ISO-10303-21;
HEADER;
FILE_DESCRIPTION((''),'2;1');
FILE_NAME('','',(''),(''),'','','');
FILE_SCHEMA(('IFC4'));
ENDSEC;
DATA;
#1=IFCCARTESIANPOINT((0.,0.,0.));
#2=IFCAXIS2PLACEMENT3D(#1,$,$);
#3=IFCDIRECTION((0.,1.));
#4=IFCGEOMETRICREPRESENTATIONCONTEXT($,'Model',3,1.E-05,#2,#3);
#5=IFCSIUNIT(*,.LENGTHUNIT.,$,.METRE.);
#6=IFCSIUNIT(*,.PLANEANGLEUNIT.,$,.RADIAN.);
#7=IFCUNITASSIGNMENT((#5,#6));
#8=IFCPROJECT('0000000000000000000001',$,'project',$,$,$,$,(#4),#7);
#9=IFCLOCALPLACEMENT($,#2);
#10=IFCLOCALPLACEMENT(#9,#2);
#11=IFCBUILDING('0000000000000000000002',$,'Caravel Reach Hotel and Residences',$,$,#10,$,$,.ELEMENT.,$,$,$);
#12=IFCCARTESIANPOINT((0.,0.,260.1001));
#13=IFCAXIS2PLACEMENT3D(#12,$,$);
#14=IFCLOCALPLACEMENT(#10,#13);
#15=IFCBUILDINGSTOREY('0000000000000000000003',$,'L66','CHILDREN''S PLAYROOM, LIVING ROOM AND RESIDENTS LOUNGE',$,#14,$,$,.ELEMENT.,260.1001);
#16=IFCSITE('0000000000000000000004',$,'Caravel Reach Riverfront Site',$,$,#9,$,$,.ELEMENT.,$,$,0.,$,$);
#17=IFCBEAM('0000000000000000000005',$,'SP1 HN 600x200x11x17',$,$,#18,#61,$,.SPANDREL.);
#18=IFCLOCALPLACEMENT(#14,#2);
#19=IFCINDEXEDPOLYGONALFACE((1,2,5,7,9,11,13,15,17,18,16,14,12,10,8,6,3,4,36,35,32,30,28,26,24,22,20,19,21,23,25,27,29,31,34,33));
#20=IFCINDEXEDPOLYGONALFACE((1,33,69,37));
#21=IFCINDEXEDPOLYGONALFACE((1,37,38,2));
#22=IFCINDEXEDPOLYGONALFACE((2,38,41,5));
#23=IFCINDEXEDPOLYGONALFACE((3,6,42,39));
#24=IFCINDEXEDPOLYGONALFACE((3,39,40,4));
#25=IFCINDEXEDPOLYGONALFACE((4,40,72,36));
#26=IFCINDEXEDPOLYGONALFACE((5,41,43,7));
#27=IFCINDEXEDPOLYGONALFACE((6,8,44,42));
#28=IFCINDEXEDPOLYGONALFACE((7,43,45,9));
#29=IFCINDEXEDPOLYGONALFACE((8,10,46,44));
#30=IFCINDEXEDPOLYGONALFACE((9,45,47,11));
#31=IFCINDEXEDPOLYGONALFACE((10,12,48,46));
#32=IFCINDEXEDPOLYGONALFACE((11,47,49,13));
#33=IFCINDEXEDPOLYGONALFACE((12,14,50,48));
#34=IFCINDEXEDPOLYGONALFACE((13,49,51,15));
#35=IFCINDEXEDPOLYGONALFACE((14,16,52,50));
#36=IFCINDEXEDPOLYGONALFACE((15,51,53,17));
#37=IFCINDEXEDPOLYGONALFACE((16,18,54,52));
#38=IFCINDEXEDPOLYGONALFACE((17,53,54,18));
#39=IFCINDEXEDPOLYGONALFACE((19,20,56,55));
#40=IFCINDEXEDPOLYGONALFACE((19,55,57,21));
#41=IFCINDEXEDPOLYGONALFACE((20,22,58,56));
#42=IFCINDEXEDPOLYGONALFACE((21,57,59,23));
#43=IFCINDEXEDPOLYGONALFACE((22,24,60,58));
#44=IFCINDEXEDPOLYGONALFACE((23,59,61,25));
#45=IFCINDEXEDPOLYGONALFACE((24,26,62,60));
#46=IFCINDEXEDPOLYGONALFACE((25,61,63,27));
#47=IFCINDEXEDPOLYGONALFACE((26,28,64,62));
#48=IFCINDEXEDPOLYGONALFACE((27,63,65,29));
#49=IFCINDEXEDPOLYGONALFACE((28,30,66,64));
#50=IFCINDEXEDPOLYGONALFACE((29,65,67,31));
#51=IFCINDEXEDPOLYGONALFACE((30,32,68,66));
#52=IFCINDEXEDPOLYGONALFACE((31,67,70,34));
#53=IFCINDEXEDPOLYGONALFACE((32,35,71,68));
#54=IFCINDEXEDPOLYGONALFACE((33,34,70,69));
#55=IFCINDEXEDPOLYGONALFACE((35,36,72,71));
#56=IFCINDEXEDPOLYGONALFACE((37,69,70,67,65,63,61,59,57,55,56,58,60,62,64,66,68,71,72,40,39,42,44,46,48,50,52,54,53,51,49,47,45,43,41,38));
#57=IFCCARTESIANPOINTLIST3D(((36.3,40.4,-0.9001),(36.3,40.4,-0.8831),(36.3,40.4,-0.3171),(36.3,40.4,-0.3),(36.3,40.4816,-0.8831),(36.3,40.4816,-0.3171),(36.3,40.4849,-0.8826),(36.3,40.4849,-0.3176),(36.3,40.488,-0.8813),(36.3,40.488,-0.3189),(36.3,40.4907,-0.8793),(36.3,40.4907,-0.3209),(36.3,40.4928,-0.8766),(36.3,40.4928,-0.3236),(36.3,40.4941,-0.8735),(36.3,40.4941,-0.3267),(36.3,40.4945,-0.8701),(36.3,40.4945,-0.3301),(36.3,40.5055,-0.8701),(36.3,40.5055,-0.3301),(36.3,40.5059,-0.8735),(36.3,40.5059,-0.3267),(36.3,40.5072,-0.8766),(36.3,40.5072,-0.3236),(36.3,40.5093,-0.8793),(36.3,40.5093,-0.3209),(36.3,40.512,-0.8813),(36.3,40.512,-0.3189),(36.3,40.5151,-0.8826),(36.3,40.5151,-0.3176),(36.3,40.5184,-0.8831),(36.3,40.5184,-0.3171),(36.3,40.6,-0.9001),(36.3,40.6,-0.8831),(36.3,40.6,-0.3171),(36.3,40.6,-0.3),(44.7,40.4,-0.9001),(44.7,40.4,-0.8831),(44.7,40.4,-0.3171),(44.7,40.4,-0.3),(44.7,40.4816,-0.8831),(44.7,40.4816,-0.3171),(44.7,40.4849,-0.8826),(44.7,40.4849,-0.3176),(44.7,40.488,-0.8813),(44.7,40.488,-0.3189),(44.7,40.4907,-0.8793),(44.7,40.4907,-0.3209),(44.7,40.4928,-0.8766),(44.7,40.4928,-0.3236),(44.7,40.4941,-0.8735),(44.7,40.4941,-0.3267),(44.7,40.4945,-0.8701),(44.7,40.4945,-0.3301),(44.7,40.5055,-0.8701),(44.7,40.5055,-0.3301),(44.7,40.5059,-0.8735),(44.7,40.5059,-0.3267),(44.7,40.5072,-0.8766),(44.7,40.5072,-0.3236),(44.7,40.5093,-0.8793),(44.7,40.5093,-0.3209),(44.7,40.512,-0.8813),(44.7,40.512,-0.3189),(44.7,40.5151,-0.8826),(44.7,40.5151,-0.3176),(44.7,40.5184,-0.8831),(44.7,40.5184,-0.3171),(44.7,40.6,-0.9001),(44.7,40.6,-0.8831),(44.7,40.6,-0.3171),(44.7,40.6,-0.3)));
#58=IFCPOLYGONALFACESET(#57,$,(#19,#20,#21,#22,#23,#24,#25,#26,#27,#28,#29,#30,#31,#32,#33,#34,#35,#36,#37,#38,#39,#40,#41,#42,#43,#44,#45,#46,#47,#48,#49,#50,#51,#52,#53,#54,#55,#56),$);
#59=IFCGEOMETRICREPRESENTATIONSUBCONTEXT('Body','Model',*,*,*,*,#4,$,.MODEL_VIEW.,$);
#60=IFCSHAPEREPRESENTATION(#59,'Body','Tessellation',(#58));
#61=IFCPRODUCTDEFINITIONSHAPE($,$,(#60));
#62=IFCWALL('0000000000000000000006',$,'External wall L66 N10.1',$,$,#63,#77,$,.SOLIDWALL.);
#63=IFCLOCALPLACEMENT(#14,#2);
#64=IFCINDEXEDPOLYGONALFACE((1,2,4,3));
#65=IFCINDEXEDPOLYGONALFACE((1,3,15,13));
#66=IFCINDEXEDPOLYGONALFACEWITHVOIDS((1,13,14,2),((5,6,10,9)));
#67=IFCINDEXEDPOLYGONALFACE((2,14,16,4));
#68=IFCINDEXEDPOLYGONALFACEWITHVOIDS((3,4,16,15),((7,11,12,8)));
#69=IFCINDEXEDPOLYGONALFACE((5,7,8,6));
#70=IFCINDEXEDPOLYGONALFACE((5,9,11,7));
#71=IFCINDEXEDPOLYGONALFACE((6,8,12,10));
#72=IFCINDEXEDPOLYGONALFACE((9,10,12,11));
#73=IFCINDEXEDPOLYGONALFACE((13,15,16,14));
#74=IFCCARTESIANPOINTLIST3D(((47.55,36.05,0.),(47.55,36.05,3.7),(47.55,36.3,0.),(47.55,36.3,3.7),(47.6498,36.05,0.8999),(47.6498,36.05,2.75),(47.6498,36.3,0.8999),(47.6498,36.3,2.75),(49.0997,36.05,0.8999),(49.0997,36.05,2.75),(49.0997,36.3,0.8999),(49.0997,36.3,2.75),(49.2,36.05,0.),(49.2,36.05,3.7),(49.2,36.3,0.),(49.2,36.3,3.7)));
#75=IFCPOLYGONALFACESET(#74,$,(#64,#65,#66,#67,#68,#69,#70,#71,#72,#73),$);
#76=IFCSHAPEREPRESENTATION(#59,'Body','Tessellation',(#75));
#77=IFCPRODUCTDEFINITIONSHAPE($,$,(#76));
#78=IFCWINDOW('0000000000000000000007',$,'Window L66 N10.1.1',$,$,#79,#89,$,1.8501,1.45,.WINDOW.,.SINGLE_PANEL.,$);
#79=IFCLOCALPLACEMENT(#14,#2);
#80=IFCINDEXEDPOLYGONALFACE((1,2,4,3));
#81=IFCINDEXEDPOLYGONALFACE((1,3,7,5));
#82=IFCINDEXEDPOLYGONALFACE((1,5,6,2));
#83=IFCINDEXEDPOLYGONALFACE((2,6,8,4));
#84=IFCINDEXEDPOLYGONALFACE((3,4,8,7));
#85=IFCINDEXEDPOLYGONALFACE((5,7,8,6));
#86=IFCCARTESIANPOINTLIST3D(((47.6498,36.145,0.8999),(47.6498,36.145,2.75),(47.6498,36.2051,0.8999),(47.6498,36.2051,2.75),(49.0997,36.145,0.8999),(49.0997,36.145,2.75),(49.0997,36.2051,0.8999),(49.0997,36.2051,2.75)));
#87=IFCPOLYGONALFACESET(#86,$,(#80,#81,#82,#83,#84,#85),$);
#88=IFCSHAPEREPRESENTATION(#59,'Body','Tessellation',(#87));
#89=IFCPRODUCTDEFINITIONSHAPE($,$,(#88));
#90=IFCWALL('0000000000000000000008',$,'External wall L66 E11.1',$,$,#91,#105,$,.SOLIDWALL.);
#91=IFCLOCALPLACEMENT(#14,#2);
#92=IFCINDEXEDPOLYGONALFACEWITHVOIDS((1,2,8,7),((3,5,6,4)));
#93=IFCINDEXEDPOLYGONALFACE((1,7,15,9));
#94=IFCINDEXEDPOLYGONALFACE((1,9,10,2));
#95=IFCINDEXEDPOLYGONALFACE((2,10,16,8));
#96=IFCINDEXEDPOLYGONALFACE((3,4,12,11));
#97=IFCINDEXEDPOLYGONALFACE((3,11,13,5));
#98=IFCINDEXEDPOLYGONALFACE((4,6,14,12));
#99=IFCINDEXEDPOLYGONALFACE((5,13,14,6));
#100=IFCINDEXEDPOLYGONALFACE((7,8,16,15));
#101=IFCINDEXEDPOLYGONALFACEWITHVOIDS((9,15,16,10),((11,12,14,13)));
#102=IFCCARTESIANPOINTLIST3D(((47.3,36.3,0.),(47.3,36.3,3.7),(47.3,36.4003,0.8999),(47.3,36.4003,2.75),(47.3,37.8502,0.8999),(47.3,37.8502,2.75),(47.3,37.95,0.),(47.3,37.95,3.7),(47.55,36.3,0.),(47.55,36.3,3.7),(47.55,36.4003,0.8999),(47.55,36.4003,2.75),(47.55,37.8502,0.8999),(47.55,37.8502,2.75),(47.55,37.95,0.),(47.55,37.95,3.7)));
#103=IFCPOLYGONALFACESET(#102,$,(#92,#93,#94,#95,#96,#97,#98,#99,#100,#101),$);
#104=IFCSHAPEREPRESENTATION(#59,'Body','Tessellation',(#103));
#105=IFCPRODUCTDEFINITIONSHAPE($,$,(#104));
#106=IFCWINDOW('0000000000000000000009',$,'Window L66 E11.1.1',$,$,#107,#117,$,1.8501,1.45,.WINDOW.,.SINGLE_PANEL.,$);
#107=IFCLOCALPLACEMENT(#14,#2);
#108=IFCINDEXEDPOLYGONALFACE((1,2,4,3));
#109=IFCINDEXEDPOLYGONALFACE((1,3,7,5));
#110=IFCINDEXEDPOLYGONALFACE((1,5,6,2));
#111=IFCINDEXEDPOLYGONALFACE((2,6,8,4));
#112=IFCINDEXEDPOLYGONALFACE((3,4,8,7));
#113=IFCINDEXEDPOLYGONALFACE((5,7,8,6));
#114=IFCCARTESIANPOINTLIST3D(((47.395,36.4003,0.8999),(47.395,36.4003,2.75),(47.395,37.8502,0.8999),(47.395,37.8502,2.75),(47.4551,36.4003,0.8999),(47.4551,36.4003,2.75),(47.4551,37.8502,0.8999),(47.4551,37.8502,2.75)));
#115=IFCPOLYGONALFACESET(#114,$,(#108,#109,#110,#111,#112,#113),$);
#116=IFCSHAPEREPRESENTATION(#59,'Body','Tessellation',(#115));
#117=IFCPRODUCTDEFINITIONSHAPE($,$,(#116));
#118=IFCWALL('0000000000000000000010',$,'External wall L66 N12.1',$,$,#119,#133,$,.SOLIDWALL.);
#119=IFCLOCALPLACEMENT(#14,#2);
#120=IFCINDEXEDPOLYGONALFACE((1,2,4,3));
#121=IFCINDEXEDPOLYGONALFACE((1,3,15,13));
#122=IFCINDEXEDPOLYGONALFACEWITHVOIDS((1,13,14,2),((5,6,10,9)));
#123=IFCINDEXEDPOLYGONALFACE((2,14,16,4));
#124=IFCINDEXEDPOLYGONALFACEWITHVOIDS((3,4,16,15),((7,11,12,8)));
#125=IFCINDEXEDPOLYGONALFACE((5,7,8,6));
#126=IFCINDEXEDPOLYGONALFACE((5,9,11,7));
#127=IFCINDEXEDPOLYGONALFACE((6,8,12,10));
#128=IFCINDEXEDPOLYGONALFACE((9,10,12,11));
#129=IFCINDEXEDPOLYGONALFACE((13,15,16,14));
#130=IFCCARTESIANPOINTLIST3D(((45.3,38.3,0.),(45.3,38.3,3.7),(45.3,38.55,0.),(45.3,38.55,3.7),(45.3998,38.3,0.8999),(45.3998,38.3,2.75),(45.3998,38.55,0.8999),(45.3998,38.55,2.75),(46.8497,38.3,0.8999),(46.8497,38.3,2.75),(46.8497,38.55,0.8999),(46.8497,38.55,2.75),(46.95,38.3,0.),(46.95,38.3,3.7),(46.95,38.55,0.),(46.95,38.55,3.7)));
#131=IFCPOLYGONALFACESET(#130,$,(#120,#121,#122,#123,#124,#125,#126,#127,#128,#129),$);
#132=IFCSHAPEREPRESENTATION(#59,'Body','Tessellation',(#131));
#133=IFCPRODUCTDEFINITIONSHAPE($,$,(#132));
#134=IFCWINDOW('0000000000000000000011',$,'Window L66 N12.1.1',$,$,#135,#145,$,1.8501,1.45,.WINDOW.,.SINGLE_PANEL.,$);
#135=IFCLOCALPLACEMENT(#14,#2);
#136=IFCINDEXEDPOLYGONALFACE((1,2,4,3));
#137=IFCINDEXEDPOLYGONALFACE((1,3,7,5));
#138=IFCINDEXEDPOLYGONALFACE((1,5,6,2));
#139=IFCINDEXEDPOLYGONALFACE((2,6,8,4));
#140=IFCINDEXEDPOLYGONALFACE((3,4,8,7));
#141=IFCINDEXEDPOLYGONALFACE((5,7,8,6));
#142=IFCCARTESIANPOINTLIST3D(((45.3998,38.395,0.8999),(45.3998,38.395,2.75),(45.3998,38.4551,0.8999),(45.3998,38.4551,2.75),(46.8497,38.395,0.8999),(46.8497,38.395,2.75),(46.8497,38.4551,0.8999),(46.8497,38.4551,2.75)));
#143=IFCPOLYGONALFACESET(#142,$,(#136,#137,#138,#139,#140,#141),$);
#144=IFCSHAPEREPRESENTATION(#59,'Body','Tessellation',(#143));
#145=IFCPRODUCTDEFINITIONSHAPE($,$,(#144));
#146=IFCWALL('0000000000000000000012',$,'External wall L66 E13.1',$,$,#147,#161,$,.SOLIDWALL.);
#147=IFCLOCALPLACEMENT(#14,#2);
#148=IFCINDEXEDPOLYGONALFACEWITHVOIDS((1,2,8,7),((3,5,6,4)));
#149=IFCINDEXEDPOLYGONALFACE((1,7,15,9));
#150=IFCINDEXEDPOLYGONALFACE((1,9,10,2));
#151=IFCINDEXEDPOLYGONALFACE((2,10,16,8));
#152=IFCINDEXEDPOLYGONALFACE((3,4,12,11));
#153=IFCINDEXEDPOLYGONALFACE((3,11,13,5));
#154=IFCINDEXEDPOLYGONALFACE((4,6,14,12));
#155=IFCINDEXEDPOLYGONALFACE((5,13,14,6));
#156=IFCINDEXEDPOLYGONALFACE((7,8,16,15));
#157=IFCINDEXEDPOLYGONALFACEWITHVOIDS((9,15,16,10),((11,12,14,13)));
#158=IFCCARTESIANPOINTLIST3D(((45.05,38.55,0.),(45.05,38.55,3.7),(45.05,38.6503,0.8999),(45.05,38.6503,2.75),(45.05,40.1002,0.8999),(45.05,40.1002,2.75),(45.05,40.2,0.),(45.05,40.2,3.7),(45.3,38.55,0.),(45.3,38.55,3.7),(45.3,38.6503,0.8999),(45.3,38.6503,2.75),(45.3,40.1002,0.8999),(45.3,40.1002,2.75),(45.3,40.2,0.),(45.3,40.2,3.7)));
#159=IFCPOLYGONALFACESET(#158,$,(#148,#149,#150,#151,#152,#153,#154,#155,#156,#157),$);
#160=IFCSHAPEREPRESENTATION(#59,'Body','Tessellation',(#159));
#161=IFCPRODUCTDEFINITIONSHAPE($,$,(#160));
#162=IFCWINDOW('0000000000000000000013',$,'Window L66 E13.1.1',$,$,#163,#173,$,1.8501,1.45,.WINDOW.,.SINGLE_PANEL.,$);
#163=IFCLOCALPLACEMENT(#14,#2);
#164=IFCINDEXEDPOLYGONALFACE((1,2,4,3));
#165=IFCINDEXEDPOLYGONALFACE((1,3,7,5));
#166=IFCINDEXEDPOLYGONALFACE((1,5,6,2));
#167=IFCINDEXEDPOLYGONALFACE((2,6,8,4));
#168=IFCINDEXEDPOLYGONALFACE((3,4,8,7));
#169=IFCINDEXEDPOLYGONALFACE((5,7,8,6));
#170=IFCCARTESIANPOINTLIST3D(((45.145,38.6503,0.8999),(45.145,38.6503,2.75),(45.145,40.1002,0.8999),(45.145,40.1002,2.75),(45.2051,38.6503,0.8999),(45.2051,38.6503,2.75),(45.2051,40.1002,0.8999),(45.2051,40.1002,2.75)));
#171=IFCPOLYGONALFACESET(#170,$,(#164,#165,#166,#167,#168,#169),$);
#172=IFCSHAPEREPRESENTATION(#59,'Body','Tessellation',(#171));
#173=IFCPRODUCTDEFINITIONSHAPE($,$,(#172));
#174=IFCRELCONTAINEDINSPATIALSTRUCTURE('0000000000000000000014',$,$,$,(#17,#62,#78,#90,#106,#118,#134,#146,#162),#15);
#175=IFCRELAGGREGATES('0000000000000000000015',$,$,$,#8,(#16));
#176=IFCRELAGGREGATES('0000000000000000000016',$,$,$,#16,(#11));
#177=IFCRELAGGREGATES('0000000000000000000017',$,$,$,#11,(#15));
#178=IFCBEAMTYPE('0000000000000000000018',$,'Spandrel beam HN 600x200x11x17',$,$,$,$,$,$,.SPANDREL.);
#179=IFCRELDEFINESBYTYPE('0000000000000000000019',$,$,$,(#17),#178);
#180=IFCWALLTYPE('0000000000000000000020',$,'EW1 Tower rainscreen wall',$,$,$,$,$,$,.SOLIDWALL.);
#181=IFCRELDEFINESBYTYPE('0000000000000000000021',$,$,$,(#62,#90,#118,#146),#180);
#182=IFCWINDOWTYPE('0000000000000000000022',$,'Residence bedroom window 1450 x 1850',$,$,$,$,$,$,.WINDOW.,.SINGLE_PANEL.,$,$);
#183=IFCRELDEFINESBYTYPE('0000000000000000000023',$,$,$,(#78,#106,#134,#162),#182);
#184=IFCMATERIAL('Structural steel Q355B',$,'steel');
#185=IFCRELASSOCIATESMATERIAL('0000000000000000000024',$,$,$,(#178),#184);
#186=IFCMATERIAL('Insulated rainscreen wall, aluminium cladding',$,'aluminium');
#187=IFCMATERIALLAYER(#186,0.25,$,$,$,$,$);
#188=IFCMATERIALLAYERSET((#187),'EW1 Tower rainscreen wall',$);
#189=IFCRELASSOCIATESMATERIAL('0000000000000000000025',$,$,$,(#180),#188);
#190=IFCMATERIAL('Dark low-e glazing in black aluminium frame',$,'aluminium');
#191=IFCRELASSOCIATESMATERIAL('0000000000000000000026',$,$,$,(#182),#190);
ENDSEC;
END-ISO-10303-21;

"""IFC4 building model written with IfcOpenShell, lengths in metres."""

from ifc_helpers import new_model, si_unit, direction, frame, frame_2d, origin, origin_2d, place, context, subcontext, project, spatial, rectangle, i_section, extrude, material, layer, layer_set, material_profile, profile_set, type_object, element, fill, save


model = new_model("IFC4")

# Units and contexts
model_context = context("Model", 3, precision=1e-05, world=origin(), true_north=direction((0.0, 1.0)))
body_context = subcontext(model_context, "Body", "Model", "MODEL_VIEW")
ifc_project = project(units=[si_unit("LENGTHUNIT", "METRE"), si_unit("PLANEANGLEUNIT", "RADIAN")], contexts=[model_context])

# Site, building, storey
site_placement = place(None, origin())
site = spatial("IfcSite", under=ifc_project, at=site_placement, Name="Caravel Reach Riverfront Site", CompositionType="ELEMENT", RefElevation=0.0)
building_placement = place(site_placement, origin())
building = spatial("IfcBuilding", under=site, at=building_placement, Name="Caravel Reach Hotel and Residences", CompositionType="ELEMENT")
storey_placement = place(building_placement, frame((0.0, 0.0, 260.1001)))
storey = spatial("IfcBuildingStorey", under=building, at=storey_placement, Name="L66", Description="CHILDREN'S PLAYROOM, LIVING ROOM AND RESIDENTS LOUNGE", CompositionType="ELEMENT", Elevation=260.1001)

# Beam
ifc_material_1 = material(Name="Structural steel Q355B", Category="steel")
ifc_material_profile_1 = material_profile(ifc_material_1, i_section(OverallWidth=0.2, OverallDepth=0.6001, WebThickness=0.011, FlangeThickness=0.0171, FilletRadius=0.0129, at=origin_2d()), Name="HN 600x200x11x17")
ifc_profile_set_1 = profile_set([ifc_material_profile_1], Name="Structural steel Q355B")
beam_type = type_object("IfcBeamType", Name="Spandrel beam HN 600x200x11x17", PredefinedType="SPANDREL", material=ifc_profile_set_1)
beam_placement = place(storey_placement, frame((44.7, 40.5, -0.6001), z_axis=(-1.0, 0.0, 0.0), x_axis=(0.0, -1.0, 0.0)))
element("IfcBeam", 1, at=beam_placement, inside=storey, type_object=beam_type, Name="SP1 HN 600x200x11x17", PredefinedType="SPANDREL", context=body_context, shape_type="SweptSolid", body=[
    extrude(i_section(OverallWidth=0.2, OverallDepth=0.6001, WebThickness=0.011, FlangeThickness=0.0171, FilletRadius=0.0129, at=origin_2d()), origin(), (0.0, 0.0, 1.0), 8.3999),
])

# Walls, openings, windows
ifc_material_2 = material(Name="Insulated rainscreen wall, aluminium cladding", Category="aluminium")
ifc_layer = layer(ifc_material_2, 0.25)
ifc_layer_set = layer_set([ifc_layer], Name="EW1 Tower rainscreen wall")
wall_type = type_object("IfcWallType", Name="EW1 Tower rainscreen wall", PredefinedType="SOLIDWALL", material=ifc_layer_set)
wall_1_placement = place(storey_placement, frame((49.2, 36.175, 0.0), z_axis=(0.0, 0.0, 1.0), x_axis=(-1.0, 0.0, 0.0)))
wall_1 = element("IfcWall", 2, at=wall_1_placement, inside=storey, type_object=wall_type, Name="External wall L66 N10.1", PredefinedType="SOLIDWALL", context=body_context, shape_type="SweptSolid", body=[
    extrude(rectangle(XDim=1.6499, YDim=0.25, at=frame_2d((0.825, 0.0))), origin(), (0.0, 0.0, 1.0), 3.7),
])
opening_1_placement = place(wall_1_placement, frame((0.1001, 0.0, 0.8999)))
opening_1 = element("IfcOpeningElement", 3, at=opening_1_placement, cuts=wall_1, PredefinedType="OPENING", context=body_context, shape_type="SweptSolid", body=[
    extrude(rectangle(XDim=1.45, YDim=1.8501, at=frame_2d((0.7251, 0.925))), frame((0.0, 0.135, 0.0), z_axis=(0.0, -1.0, 0.0), x_axis=(1.0, 0.0, 0.0)), (0.0, 0.0, 1.0), 0.27),
])
ifc_material_3 = material(Name="Dark low-e glazing in black aluminium frame", Category="aluminium")
window_type_1 = type_object("IfcWindowType", Name="Residence bedroom window 1450 x 1850", PartitioningType="SINGLE_PANEL", PredefinedType="WINDOW", material=ifc_material_3)
window_1_placement = place(opening_1_placement, origin())
window_1 = element("IfcWindow", 4, at=window_1_placement, inside=storey, type_object=window_type_1, Name="Window L66 N10.1.1", OverallHeight=1.8501, OverallWidth=1.45, PartitioningType="SINGLE_PANEL", PredefinedType="WINDOW", context=body_context, shape_type="SweptSolid", body=[
    extrude(rectangle(XDim=1.45, YDim=1.8501, at=frame_2d((0.7251, 0.925))), frame((0.0, 0.03, 0.0), z_axis=(0.0, -1.0, 0.0), x_axis=(1.0, 0.0, 0.0)), (0.0, 0.0, 1.0), 0.0601),
])
fill(opening_1, window_1)
wall_2_placement = place(storey_placement, frame((47.425, 36.3, 0.0), z_axis=(0.0, 0.0, 1.0), x_axis=(0.0, 1.0, 0.0)))
wall_2 = element("IfcWall", 5, at=wall_2_placement, inside=storey, type_object=wall_type, Name="External wall L66 E11.1", PredefinedType="SOLIDWALL", context=body_context, shape_type="SweptSolid", body=[
    extrude(rectangle(XDim=1.6499, YDim=0.25, at=frame_2d((0.825, 0.0))), origin(), (0.0, 0.0, 1.0), 3.7),
])
opening_2_placement = place(wall_2_placement, frame((0.1001, 0.0, 0.8999)))
opening_2 = element("IfcOpeningElement", 6, at=opening_2_placement, cuts=wall_2, PredefinedType="OPENING", context=body_context, shape_type="SweptSolid", body=[
    extrude(rectangle(XDim=1.45, YDim=1.8501, at=frame_2d((0.7251, 0.925))), frame((0.0, 0.135, 0.0), z_axis=(0.0, -1.0, 0.0), x_axis=(1.0, 0.0, 0.0)), (0.0, 0.0, 1.0), 0.27),
])
window_2_placement = place(opening_2_placement, origin())
window_2 = element("IfcWindow", 7, at=window_2_placement, inside=storey, type_object=window_type_1, Name="Window L66 E11.1.1", OverallHeight=1.8501, OverallWidth=1.45, PartitioningType="SINGLE_PANEL", PredefinedType="WINDOW", context=body_context, shape_type="SweptSolid", body=[
    extrude(rectangle(XDim=1.45, YDim=1.8501, at=frame_2d((0.7251, 0.925))), frame((0.0, 0.03, 0.0), z_axis=(0.0, -1.0, 0.0), x_axis=(1.0, 0.0, 0.0)), (0.0, 0.0, 1.0), 0.0601),
])
fill(opening_2, window_2)
wall_3_placement = place(storey_placement, frame((46.95, 38.425, 0.0), z_axis=(0.0, 0.0, 1.0), x_axis=(-1.0, 0.0, 0.0)))
wall_3 = element("IfcWall", 8, at=wall_3_placement, inside=storey, type_object=wall_type, Name="External wall L66 N12.1", PredefinedType="SOLIDWALL", context=body_context, shape_type="SweptSolid", body=[
    extrude(rectangle(XDim=1.6499, YDim=0.25, at=frame_2d((0.825, 0.0))), origin(), (0.0, 0.0, 1.0), 3.7),
])
opening_3_placement = place(wall_3_placement, frame((0.1001, 0.0, 0.8999)))
opening_3 = element("IfcOpeningElement", 9, at=opening_3_placement, cuts=wall_3, PredefinedType="OPENING", context=body_context, shape_type="SweptSolid", body=[
    extrude(rectangle(XDim=1.45, YDim=1.8501, at=frame_2d((0.7251, 0.925))), frame((0.0, 0.135, 0.0), z_axis=(0.0, -1.0, 0.0), x_axis=(1.0, 0.0, 0.0)), (0.0, 0.0, 1.0), 0.27),
])
window_3_placement = place(opening_3_placement, origin())
window_3 = element("IfcWindow", 10, at=window_3_placement, inside=storey, type_object=window_type_1, Name="Window L66 N12.1.1", OverallHeight=1.8501, OverallWidth=1.45, PartitioningType="SINGLE_PANEL", PredefinedType="WINDOW", context=body_context, shape_type="SweptSolid", body=[
    extrude(rectangle(XDim=1.45, YDim=1.8501, at=frame_2d((0.7251, 0.925))), frame((0.0, 0.03, 0.0), z_axis=(0.0, -1.0, 0.0), x_axis=(1.0, 0.0, 0.0)), (0.0, 0.0, 1.0), 0.0601),
])
fill(opening_3, window_3)
wall_4_placement = place(storey_placement, frame((45.175, 38.55, 0.0), z_axis=(0.0, 0.0, 1.0), x_axis=(0.0, 1.0, 0.0)))
wall_4 = element("IfcWall", 11, at=wall_4_placement, inside=storey, type_object=wall_type, Name="External wall L66 E13.1", PredefinedType="SOLIDWALL", context=body_context, shape_type="SweptSolid", body=[
    extrude(rectangle(XDim=1.6499, YDim=0.25, at=frame_2d((0.825, 0.0))), origin(), (0.0, 0.0, 1.0), 3.7),
])
opening_4_placement = place(wall_4_placement, frame((0.1001, 0.0, 0.8999)))
opening_4 = element("IfcOpeningElement", 12, at=opening_4_placement, cuts=wall_4, PredefinedType="OPENING", context=body_context, shape_type="SweptSolid", body=[
    extrude(rectangle(XDim=1.45, YDim=1.8501, at=frame_2d((0.7251, 0.925))), frame((0.0, 0.135, 0.0), z_axis=(0.0, -1.0, 0.0), x_axis=(1.0, 0.0, 0.0)), (0.0, 0.0, 1.0), 0.27),
])
window_4_placement = place(opening_4_placement, origin())
window_4 = element("IfcWindow", 13, at=window_4_placement, inside=storey, type_object=window_type_1, Name="Window L66 E13.1.1", OverallHeight=1.8501, OverallWidth=1.45, PartitioningType="SINGLE_PANEL", PredefinedType="WINDOW", context=body_context, shape_type="SweptSolid", body=[
    extrude(rectangle(XDim=1.45, YDim=1.8501, at=frame_2d((0.7251, 0.925))), frame((0.0, 0.03, 0.0), z_axis=(0.0, -1.0, 0.0), x_axis=(1.0, 0.0, 0.0)), (0.0, 0.0, 1.0), 0.0601),
])
fill(opening_4, window_4)

save(model, "model.ifc")
